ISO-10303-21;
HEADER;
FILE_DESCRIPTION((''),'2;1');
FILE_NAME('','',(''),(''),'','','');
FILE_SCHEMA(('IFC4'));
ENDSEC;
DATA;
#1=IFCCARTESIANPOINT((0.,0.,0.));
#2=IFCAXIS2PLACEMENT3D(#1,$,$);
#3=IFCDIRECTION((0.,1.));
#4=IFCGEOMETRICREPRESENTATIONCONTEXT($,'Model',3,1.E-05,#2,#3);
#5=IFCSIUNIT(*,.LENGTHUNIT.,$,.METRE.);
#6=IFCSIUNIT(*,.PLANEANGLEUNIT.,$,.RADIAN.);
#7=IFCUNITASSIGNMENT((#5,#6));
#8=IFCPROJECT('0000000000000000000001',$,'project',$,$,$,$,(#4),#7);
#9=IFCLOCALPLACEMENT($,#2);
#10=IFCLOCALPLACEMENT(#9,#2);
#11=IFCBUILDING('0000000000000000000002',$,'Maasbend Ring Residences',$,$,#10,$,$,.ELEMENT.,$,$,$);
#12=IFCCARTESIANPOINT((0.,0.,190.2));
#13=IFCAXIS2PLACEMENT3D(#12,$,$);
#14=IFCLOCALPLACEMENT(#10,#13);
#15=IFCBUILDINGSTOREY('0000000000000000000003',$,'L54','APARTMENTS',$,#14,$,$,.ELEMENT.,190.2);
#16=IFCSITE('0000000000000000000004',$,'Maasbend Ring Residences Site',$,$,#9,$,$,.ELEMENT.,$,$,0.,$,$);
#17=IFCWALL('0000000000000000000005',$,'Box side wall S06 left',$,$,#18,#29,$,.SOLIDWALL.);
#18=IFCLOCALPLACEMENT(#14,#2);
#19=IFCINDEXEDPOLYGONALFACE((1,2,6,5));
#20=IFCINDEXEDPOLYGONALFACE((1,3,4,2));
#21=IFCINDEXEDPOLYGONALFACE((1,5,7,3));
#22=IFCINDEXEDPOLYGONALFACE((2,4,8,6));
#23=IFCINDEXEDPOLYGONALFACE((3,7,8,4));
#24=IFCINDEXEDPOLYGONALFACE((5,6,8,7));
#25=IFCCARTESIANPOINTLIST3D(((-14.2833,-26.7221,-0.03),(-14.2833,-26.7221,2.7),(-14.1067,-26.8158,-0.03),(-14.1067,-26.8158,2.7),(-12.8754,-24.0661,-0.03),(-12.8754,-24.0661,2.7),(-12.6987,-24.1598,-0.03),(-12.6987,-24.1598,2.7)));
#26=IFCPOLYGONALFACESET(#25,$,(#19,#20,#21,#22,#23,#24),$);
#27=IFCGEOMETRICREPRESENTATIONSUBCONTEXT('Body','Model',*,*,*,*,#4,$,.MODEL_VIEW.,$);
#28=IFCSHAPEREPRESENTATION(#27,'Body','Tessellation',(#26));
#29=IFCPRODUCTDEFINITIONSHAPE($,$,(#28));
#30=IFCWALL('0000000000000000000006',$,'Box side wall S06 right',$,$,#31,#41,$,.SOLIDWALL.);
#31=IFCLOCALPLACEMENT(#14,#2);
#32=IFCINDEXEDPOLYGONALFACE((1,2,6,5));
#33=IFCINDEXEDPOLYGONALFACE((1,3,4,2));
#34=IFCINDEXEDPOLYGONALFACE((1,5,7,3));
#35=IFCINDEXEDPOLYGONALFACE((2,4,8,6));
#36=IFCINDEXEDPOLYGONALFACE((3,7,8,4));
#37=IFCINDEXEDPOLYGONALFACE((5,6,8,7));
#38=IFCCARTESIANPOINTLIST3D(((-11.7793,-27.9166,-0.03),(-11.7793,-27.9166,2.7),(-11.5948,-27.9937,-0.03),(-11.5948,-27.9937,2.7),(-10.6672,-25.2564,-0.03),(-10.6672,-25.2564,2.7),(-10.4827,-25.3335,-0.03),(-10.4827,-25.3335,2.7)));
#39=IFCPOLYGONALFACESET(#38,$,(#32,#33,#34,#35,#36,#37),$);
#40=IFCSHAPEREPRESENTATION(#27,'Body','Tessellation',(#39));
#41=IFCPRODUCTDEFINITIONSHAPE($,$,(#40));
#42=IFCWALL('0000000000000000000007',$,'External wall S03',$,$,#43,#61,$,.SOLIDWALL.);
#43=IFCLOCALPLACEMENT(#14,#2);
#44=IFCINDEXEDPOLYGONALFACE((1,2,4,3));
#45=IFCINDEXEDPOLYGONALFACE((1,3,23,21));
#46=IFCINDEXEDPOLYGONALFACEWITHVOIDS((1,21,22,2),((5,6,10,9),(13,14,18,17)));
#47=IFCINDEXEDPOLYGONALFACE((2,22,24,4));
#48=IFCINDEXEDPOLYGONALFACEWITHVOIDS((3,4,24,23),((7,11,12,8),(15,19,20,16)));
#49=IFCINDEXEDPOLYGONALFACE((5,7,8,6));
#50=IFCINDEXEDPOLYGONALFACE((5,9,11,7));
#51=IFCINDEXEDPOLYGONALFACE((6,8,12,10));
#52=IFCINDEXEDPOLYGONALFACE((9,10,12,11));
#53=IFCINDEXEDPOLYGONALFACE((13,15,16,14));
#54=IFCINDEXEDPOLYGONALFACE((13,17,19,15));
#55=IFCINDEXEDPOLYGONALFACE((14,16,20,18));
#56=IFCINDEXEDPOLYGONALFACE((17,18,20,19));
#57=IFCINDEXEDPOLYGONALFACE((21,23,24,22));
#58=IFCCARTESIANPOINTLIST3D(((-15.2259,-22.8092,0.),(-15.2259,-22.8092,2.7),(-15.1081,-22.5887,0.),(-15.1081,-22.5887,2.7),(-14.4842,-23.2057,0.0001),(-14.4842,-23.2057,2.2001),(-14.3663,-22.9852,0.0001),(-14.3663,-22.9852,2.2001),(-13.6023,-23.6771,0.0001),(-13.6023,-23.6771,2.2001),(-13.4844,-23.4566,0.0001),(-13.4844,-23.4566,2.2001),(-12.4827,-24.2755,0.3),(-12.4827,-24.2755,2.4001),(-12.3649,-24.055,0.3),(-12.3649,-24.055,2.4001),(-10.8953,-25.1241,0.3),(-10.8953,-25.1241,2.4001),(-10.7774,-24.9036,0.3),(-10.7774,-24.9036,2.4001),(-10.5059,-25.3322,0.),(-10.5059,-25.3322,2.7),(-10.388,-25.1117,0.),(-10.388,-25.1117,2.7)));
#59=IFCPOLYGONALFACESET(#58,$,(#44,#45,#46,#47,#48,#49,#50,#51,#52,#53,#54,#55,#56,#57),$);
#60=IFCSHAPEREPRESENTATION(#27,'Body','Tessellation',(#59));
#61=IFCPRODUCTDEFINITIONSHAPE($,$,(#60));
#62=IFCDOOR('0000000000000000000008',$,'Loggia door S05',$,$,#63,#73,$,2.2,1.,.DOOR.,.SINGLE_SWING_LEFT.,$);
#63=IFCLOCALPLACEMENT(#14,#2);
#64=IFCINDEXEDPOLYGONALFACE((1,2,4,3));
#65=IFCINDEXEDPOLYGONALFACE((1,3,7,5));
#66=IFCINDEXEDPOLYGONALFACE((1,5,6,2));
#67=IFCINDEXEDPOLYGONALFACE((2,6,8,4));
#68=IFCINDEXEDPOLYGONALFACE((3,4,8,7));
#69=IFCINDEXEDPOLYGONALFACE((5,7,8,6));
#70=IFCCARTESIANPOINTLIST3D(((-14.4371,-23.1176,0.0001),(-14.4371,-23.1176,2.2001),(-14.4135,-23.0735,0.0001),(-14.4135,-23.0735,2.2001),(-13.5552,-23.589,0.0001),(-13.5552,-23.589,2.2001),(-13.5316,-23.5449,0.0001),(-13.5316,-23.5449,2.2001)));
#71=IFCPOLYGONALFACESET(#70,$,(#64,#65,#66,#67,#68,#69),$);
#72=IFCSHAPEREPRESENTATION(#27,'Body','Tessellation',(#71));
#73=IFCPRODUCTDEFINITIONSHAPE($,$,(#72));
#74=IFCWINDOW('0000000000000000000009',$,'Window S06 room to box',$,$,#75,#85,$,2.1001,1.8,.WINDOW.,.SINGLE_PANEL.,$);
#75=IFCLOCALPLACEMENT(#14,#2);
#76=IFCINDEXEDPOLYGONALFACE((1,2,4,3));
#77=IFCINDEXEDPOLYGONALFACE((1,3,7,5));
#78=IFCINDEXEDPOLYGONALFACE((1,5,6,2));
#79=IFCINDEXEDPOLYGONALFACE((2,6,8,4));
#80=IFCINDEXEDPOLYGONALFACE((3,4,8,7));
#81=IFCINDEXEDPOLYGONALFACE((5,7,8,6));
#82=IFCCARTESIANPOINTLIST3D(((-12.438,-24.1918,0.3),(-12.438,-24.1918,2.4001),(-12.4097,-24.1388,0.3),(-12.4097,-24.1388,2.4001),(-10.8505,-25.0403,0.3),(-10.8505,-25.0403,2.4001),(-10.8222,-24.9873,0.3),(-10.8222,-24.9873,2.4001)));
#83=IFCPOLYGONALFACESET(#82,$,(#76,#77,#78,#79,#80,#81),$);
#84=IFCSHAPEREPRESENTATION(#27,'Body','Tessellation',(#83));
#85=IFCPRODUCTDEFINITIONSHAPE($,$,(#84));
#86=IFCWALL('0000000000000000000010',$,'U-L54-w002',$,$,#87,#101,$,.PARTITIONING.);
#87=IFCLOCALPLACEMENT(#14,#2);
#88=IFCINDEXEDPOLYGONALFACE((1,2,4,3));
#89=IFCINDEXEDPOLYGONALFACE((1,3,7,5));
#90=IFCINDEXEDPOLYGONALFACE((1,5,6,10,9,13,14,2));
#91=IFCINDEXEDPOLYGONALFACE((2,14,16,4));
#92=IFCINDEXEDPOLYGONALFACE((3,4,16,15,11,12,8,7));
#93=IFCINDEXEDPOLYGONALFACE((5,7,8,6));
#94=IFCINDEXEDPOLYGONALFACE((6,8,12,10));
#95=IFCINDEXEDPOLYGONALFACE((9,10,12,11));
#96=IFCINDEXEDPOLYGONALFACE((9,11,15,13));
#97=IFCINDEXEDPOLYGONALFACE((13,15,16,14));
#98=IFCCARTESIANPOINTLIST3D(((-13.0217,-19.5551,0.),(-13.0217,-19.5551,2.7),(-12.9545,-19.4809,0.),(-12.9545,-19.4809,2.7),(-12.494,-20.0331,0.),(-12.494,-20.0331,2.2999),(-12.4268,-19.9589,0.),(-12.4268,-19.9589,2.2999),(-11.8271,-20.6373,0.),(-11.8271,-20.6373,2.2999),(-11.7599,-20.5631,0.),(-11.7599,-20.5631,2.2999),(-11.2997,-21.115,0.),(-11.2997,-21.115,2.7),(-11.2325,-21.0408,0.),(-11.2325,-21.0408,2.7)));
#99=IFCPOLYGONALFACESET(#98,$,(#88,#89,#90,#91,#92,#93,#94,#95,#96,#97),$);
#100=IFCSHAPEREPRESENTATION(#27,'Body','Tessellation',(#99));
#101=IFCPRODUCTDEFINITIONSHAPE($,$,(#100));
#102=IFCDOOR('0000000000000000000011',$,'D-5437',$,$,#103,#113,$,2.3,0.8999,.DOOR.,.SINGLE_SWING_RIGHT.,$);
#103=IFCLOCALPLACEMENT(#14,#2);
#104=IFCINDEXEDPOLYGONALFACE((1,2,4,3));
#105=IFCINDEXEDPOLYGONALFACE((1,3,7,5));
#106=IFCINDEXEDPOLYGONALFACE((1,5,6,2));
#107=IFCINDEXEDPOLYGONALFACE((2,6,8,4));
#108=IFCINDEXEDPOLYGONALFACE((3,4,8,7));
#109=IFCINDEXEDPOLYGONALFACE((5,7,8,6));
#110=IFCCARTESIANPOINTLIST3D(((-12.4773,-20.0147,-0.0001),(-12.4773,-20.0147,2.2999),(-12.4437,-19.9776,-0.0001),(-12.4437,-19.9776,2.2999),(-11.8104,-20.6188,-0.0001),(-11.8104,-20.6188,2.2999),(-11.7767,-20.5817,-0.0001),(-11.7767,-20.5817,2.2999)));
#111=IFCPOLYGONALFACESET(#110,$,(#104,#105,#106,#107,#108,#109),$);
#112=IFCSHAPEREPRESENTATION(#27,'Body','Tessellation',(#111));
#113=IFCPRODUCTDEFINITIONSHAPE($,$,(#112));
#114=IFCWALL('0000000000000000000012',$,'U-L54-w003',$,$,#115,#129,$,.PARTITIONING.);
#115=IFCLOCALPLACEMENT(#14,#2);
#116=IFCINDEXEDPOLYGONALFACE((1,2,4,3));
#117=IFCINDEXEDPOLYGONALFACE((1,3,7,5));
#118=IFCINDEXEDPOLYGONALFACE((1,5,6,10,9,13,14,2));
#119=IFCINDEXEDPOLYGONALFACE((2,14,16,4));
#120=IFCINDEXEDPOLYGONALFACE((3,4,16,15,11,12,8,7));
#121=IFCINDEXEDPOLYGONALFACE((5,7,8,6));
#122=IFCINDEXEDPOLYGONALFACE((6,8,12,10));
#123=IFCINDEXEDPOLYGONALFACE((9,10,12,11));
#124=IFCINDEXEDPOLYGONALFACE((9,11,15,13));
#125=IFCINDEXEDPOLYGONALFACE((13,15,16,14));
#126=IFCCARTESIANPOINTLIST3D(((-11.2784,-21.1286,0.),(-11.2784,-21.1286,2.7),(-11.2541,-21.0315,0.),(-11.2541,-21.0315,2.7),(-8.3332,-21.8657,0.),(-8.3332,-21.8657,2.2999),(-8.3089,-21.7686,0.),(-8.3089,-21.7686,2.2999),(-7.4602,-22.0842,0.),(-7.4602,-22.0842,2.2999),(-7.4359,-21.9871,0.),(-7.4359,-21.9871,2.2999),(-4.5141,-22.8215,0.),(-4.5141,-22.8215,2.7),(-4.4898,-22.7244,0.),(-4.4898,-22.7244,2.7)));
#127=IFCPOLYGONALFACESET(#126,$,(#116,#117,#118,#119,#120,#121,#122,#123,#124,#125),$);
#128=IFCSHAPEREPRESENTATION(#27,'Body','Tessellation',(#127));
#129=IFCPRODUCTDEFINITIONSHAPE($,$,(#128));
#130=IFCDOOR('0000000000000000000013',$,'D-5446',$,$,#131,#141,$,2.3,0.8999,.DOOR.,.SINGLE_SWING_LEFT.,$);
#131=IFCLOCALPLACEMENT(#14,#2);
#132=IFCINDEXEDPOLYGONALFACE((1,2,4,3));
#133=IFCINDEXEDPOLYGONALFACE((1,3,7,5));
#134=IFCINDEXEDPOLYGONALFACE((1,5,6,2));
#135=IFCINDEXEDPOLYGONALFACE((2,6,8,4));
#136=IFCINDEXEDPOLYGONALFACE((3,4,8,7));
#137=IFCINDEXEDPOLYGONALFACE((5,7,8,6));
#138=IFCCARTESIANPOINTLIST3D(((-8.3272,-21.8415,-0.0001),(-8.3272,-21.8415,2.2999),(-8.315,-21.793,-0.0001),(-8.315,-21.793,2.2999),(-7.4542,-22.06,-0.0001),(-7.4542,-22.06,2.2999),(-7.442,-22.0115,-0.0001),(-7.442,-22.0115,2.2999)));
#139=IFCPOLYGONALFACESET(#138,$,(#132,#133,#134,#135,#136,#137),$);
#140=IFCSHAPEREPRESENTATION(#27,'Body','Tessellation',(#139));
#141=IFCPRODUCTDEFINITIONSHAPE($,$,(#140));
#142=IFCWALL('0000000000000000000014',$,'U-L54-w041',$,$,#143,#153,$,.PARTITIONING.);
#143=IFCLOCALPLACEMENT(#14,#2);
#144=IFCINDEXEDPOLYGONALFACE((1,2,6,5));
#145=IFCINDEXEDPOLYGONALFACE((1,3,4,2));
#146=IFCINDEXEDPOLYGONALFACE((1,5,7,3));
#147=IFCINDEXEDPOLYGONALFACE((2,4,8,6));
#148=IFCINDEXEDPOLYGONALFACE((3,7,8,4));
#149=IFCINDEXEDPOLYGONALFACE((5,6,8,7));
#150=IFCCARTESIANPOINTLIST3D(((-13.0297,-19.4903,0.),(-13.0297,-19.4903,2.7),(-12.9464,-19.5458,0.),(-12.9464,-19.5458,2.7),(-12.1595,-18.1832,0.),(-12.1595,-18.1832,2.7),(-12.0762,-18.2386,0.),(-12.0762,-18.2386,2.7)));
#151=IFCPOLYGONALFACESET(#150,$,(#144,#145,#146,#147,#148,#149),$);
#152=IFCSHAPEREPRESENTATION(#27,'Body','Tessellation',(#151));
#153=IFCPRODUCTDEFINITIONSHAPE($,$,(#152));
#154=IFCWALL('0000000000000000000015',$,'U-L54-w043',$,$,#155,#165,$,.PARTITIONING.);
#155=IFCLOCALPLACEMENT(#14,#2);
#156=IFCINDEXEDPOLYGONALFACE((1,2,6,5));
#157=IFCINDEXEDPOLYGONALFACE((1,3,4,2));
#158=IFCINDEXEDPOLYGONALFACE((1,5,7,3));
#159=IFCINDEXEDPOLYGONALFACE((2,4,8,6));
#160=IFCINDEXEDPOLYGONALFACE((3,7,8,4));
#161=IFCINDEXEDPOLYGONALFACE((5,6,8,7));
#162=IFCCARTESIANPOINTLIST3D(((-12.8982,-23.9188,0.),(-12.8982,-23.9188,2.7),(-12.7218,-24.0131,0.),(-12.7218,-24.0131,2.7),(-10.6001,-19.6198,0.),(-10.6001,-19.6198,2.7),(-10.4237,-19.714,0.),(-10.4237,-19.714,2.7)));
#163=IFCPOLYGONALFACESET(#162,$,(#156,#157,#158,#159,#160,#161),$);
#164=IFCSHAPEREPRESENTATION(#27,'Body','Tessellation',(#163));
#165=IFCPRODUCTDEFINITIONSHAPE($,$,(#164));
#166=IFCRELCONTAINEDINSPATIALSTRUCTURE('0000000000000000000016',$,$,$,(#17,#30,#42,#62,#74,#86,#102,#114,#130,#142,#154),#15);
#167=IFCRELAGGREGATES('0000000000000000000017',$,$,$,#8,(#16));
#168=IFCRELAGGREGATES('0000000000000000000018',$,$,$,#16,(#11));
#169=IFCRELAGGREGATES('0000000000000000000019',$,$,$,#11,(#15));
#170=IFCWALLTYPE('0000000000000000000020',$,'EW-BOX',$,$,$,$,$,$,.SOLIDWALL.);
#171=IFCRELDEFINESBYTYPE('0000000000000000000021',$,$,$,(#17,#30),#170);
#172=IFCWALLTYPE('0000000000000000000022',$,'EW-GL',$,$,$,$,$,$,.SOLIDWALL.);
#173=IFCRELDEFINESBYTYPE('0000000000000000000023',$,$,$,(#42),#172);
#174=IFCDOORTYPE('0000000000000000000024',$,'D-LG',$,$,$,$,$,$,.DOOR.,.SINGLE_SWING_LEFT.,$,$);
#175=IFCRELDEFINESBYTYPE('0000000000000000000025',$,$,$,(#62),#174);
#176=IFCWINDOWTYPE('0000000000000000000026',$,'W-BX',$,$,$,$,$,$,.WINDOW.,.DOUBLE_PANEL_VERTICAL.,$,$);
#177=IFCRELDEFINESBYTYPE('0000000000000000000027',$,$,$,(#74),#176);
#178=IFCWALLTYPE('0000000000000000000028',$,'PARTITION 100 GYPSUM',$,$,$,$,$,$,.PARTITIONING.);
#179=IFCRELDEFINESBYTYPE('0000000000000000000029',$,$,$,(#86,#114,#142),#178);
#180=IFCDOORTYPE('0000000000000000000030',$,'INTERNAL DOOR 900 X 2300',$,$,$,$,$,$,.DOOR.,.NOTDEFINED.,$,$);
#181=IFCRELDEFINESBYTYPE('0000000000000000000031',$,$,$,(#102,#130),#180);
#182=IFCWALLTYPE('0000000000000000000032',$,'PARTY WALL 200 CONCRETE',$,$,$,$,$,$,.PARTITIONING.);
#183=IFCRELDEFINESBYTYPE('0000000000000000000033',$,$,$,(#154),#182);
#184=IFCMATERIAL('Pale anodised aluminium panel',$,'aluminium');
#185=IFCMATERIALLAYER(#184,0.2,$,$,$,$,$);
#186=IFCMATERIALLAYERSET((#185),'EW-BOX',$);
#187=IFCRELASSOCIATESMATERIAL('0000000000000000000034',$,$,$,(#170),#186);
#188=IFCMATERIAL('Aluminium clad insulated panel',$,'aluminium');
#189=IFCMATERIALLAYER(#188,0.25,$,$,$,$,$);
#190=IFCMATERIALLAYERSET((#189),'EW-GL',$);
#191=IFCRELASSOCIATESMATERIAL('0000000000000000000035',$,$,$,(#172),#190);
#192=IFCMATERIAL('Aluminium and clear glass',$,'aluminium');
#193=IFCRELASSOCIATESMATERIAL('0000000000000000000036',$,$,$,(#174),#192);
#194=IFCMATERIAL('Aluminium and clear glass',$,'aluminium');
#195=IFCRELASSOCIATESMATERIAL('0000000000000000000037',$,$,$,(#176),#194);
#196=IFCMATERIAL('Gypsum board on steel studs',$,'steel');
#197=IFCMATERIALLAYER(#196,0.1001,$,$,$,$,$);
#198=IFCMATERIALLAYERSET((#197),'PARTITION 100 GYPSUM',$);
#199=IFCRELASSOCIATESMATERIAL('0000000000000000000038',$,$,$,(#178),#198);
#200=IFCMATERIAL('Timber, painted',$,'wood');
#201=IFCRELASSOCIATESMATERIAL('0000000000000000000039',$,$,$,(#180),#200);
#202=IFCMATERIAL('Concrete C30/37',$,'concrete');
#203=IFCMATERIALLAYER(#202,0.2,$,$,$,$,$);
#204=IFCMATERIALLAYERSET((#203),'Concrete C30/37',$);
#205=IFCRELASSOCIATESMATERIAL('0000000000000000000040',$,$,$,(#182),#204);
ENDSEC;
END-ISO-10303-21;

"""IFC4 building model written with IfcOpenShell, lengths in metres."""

from ifc_helpers import new_model, si_unit, direction, frame, frame_2d, origin, place, context, subcontext, project, spatial, rectangle, extrude, material, layer, layer_set, type_object, element, fill, save


model = new_model("IFC4")

# Units and contexts
model_context = context("Model", 3, precision=1e-05, world=origin(), true_north=direction((0.0, 1.0)))
body_context = subcontext(model_context, "Body", "Model", "MODEL_VIEW")
ifc_project = project(units=[si_unit("LENGTHUNIT", "METRE"), si_unit("PLANEANGLEUNIT", "RADIAN")], contexts=[model_context])

# Site, building, storey
site_placement = place(None, origin())
site = spatial("IfcSite", under=ifc_project, at=site_placement, Name="Maasbend Ring Residences Site", CompositionType="ELEMENT", RefElevation=0.0)
building_placement = place(site_placement, origin())
building = spatial("IfcBuilding", under=site, at=building_placement, Name="Maasbend Ring Residences", CompositionType="ELEMENT")
storey_placement = place(building_placement, frame((0.0, 0.0, 190.2)))
storey = spatial("IfcBuildingStorey", under=building, at=storey_placement, Name="L54", Description="APARTMENTS", CompositionType="ELEMENT", Elevation=190.2)

# Shared definitions
ifc_material_1 = material(Name="Pale anodised aluminium panel", Category="aluminium")
ifc_layer_1 = layer(ifc_material_1, 0.2)
ifc_layer_set_1 = layer_set([ifc_layer_1], Name="EW-BOX")
wall_type_1 = type_object("IfcWallType", Name="EW-BOX", PredefinedType="SOLIDWALL", material=ifc_layer_set_1)

# Walls
wall_1_placement = place(storey_placement, frame((-12.7871, -24.113, -0.03), z_axis=(0.0, 0.0, 1.0), x_axis=(-0.468365, -0.883535, 0.0)))
element("IfcWall", 1, at=wall_1_placement, inside=storey, type_object=wall_type_1, Name="Box side wall S06 left", PredefinedType="SOLIDWALL", context=body_context, shape_type="SweptSolid", body=[
    extrude(rectangle(XDim=3.0061, YDim=0.2, at=frame_2d((1.5029, 0.0))), origin(), (0.0, 0.0, 1.0), 2.73),
])
wall_2_placement = place(storey_placement, frame((-10.575, -25.2949, -0.03), z_axis=(0.0, 0.0, 1.0), x_axis=(-0.385697, -0.922625, 0.0)))
element("IfcWall", 2, at=wall_2_placement, inside=storey, type_object=wall_type_1, Name="Box side wall S06 right", PredefinedType="SOLIDWALL", context=body_context, shape_type="SweptSolid", body=[
    extrude(rectangle(XDim=2.8833, YDim=0.2, at=frame_2d((1.4417, 0.0))), origin(), (0.0, 0.0, 1.0), 2.73),
])

# Wall, openings, door, window
ifc_material_2 = material(Name="Aluminium clad insulated panel", Category="aluminium")
ifc_layer_2 = layer(ifc_material_2, 0.25)
ifc_layer_set_2 = layer_set([ifc_layer_2], Name="EW-GL")
wall_type_2 = type_object("IfcWallType", Name="EW-GL", PredefinedType="SOLIDWALL", material=ifc_layer_set_2)
wall_3_placement = place(storey_placement, frame((-15.167, -22.699, 0.0), z_axis=(0.0, 0.0, 1.0), x_axis=(0.881916, -0.471407, 0.0)))
wall_3 = element("IfcWall", 3, at=wall_3_placement, inside=storey, type_object=wall_type_2, Name="External wall S03", PredefinedType="SOLIDWALL", context=body_context, shape_type="SweptSolid", body=[
    extrude(rectangle(XDim=5.3521, YDim=0.25, at=frame_2d((2.676, 0.0))), origin(), (0.0, 0.0, 1.0), 2.7),
])
opening_1_placement = place(wall_3_placement, frame((0.8411, 0.0, 0.0)))
opening_1 = element("IfcOpeningElement", 4, at=opening_1_placement, cuts=wall_3, PredefinedType="OPENING", context=body_context, shape_type="SweptSolid", body=[
    extrude(rectangle(XDim=1.0, YDim=2.2, at=frame_2d((0.5, 1.1001))), frame((0.0, 0.135, 0.0), z_axis=(0.0, -1.0, 0.0), x_axis=(1.0, 0.0, 0.0)), (0.0, 0.0, 1.0), 0.27),
])
opening_2_placement = place(wall_3_placement, frame((3.1106, 0.0, 0.3)))
opening_2 = element("IfcOpeningElement", 5, at=opening_2_placement, cuts=wall_3, PredefinedType="OPENING", context=body_context, shape_type="SweptSolid", body=[
    extrude(rectangle(XDim=1.8, YDim=2.1001, at=frame_2d((0.8999, 1.05))), frame((0.0, 0.135, 0.0), z_axis=(0.0, -1.0, 0.0), x_axis=(1.0, 0.0, 0.0)), (0.0, 0.0, 1.0), 0.27),
])
ifc_material_3 = material(Name="Aluminium and clear glass", Category="aluminium")
door_type_1 = type_object("IfcDoorType", Name="D-LG", OperationType="SINGLE_SWING_LEFT", PredefinedType="DOOR", material=ifc_material_3)
door_1_placement = place(opening_1_placement, origin())
door_1 = element("IfcDoor", 6, at=door_1_placement, inside=storey, type_object=door_type_1, Name="Loggia door S05", OperationType="SINGLE_SWING_LEFT", OverallHeight=2.2, OverallWidth=1.0, PredefinedType="DOOR", context=body_context, shape_type="SweptSolid", body=[
    extrude(rectangle(XDim=1.0, YDim=2.2, at=frame_2d((0.5, 1.1001))), frame((0.0, 0.0249, 0.0), z_axis=(0.0, -1.0, 0.0), x_axis=(1.0, 0.0, 0.0)), (0.0, 0.0, 1.0), 0.05),
])
fill(opening_1, door_1)
ifc_material_4 = material(Name="Aluminium and clear glass", Category="aluminium")
window_type_1 = type_object("IfcWindowType", Name="W-BX", PartitioningType="DOUBLE_PANEL_VERTICAL", PredefinedType="WINDOW", material=ifc_material_4)
window_1_placement = place(opening_2_placement, origin())
window_1 = element("IfcWindow", 7, at=window_1_placement, inside=storey, type_object=window_type_1, Name="Window S06 room to box", OverallHeight=2.1001, OverallWidth=1.8, PartitioningType="SINGLE_PANEL", PredefinedType="WINDOW", context=body_context, shape_type="SweptSolid", body=[
    extrude(rectangle(XDim=1.8, YDim=2.1001, at=frame_2d((0.8999, 1.05))), frame((0.0, 0.03, 0.0), z_axis=(0.0, -1.0, 0.0), x_axis=(1.0, 0.0, 0.0)), (0.0, 0.0, 1.0), 0.0601),
])
fill(opening_2, window_1)

# Walls, openings, doors
ifc_material_5 = material(Name="Gypsum board on steel studs", Category="steel")
ifc_layer_3 = layer(ifc_material_5, 0.1001)
ifc_layer_set_3 = layer_set([ifc_layer_3], Name="PARTITION 100 GYPSUM")
wall_type_3 = type_object("IfcWallType", Name="PARTITION 100 GYPSUM", PredefinedType="PARTITIONING", material=ifc_layer_set_3)
wall_4_placement = place(storey_placement, frame((-12.988, -19.5181, 0.0), z_axis=(0.0, 0.0, 1.0), x_axis=(0.741132, -0.671359, 0.0)))
wall_4 = element("IfcWall", 8, at=wall_4_placement, inside=storey, type_object=wall_type_3, Name="U-L54-w002", PredefinedType="PARTITIONING", context=body_context, shape_type="SweptSolid", body=[
    extrude(rectangle(XDim=2.3235, YDim=0.1001, at=frame_2d((1.1616, 0.0))), origin(), (0.0, 0.0, 1.0), 2.7),
])
opening_3_placement = place(wall_4_placement, frame((0.7119, 0.0, 0.0)))
opening_3 = element("IfcOpeningElement", 9, at=opening_3_placement, cuts=wall_4, PredefinedType="OPENING", context=body_context, shape_type="SweptSolid", body=[
    extrude(rectangle(XDim=0.8999, YDim=2.3, at=frame_2d((0.45, 1.1499))), frame((0.0, 0.0601, 0.0), z_axis=(0.0, -1.0, 0.0), x_axis=(1.0, 0.0, 0.0)), (0.0, 0.0, 1.0), 0.1201),
])
ifc_material_6 = material(Name="Timber, painted", Category="wood")
door_type_2 = type_object("IfcDoorType", Name="INTERNAL DOOR 900 X 2300", OperationType="NOTDEFINED", PredefinedType="DOOR", material=ifc_material_6)
door_2_placement = place(opening_3_placement, origin())
door_2 = element("IfcDoor", 10, at=door_2_placement, inside=storey, type_object=door_type_2, Name="D-5437", OperationType="SINGLE_SWING_RIGHT", OverallHeight=2.3, OverallWidth=0.8999, PredefinedType="DOOR", context=body_context, shape_type="SweptSolid", body=[
    extrude(rectangle(XDim=0.8999, YDim=2.3, at=frame_2d((0.45, 1.1499))), frame((0.0, 0.0249, 0.0), z_axis=(0.0, -1.0, 0.0), x_axis=(1.0, 0.0, 0.0)), (0.0, 0.0, 1.0), 0.05),
])
fill(opening_3, door_2)
wall_5_placement = place(storey_placement, frame((-11.2661, -21.0801, 0.0), z_axis=(0.0, 0.0, 1.0), x_axis=(0.970081, -0.242783, 0.0)))
wall_5 = element("IfcWall", 11, at=wall_5_placement, inside=storey, type_object=wall_type_3, Name="U-L54-w003", PredefinedType="PARTITIONING", context=body_context, shape_type="SweptSolid", body=[
    extrude(rectangle(XDim=6.9729, YDim=0.1001, at=frame_2d((3.4863, 0.0))), origin(), (0.0, 0.0, 1.0), 2.7),
])
opening_4_placement = place(wall_5_placement, frame((3.0359, 0.0, 0.0)))
opening_4 = element("IfcOpeningElement", 12, at=opening_4_placement, cuts=wall_5, PredefinedType="OPENING", context=body_context, shape_type="SweptSolid", body=[
    extrude(rectangle(XDim=0.8999, YDim=2.3, at=frame_2d((0.45, 1.1499))), frame((0.0, 0.0601, 0.0), z_axis=(0.0, -1.0, 0.0), x_axis=(1.0, 0.0, 0.0)), (0.0, 0.0, 1.0), 0.1201),
])
door_3_placement = place(opening_4_placement, origin())
door_3 = element("IfcDoor", 13, at=door_3_placement, inside=storey, type_object=door_type_2, Name="D-5446", OperationType="SINGLE_SWING_LEFT", OverallHeight=2.3, OverallWidth=0.8999, PredefinedType="DOOR", context=body_context, shape_type="SweptSolid", body=[
    extrude(rectangle(XDim=0.8999, YDim=2.3, at=frame_2d((0.45, 1.1499))), frame((0.0, 0.0249, 0.0), z_axis=(0.0, -1.0, 0.0), x_axis=(1.0, 0.0, 0.0)), (0.0, 0.0, 1.0), 0.05),
])
fill(opening_4, door_3)

# Walls
wall_6_placement = place(storey_placement, frame((-12.988, -19.5181, 0.0), z_axis=(0.0, 0.0, 1.0), x_axis=(0.554126, 0.832433, 0.0)))
element("IfcWall", 14, at=wall_6_placement, inside=storey, type_object=wall_type_3, Name="U-L54-w041", PredefinedType="PARTITIONING", context=body_context, shape_type="SweptSolid", body=[
    extrude(rectangle(XDim=1.5703, YDim=0.1001, at=frame_2d((0.7852, 0.0))), origin(), (0.0, 0.0, 1.0), 2.7),
])
ifc_material_7 = material(Name="Concrete C30/37", Category="concrete")
ifc_layer_4 = layer(ifc_material_7, 0.2)
ifc_layer_set_4 = layer_set([ifc_layer_4], Name="Concrete C30/37")
wall_type_4 = type_object("IfcWallType", Name="PARTY WALL 200 CONCRETE", PredefinedType="PARTITIONING", material=ifc_layer_set_4)
wall_7_placement = place(storey_placement, frame((-12.8101, -23.9661, 0.0), z_axis=(0.0, 0.0, 1.0), x_axis=(0.471428, 0.881905, 0.0)))
element("IfcWall", 15, at=wall_7_placement, inside=storey, type_object=wall_type_4, Name="U-L54-w043", PredefinedType="PARTITIONING", context=body_context, shape_type="SweptSolid", body=[
    extrude(rectangle(XDim=4.8748, YDim=0.2, at=frame_2d((2.4375, 0.0))), origin(), (0.0, 0.0, 1.0), 2.7),
])

save(model, "model.ifc")
